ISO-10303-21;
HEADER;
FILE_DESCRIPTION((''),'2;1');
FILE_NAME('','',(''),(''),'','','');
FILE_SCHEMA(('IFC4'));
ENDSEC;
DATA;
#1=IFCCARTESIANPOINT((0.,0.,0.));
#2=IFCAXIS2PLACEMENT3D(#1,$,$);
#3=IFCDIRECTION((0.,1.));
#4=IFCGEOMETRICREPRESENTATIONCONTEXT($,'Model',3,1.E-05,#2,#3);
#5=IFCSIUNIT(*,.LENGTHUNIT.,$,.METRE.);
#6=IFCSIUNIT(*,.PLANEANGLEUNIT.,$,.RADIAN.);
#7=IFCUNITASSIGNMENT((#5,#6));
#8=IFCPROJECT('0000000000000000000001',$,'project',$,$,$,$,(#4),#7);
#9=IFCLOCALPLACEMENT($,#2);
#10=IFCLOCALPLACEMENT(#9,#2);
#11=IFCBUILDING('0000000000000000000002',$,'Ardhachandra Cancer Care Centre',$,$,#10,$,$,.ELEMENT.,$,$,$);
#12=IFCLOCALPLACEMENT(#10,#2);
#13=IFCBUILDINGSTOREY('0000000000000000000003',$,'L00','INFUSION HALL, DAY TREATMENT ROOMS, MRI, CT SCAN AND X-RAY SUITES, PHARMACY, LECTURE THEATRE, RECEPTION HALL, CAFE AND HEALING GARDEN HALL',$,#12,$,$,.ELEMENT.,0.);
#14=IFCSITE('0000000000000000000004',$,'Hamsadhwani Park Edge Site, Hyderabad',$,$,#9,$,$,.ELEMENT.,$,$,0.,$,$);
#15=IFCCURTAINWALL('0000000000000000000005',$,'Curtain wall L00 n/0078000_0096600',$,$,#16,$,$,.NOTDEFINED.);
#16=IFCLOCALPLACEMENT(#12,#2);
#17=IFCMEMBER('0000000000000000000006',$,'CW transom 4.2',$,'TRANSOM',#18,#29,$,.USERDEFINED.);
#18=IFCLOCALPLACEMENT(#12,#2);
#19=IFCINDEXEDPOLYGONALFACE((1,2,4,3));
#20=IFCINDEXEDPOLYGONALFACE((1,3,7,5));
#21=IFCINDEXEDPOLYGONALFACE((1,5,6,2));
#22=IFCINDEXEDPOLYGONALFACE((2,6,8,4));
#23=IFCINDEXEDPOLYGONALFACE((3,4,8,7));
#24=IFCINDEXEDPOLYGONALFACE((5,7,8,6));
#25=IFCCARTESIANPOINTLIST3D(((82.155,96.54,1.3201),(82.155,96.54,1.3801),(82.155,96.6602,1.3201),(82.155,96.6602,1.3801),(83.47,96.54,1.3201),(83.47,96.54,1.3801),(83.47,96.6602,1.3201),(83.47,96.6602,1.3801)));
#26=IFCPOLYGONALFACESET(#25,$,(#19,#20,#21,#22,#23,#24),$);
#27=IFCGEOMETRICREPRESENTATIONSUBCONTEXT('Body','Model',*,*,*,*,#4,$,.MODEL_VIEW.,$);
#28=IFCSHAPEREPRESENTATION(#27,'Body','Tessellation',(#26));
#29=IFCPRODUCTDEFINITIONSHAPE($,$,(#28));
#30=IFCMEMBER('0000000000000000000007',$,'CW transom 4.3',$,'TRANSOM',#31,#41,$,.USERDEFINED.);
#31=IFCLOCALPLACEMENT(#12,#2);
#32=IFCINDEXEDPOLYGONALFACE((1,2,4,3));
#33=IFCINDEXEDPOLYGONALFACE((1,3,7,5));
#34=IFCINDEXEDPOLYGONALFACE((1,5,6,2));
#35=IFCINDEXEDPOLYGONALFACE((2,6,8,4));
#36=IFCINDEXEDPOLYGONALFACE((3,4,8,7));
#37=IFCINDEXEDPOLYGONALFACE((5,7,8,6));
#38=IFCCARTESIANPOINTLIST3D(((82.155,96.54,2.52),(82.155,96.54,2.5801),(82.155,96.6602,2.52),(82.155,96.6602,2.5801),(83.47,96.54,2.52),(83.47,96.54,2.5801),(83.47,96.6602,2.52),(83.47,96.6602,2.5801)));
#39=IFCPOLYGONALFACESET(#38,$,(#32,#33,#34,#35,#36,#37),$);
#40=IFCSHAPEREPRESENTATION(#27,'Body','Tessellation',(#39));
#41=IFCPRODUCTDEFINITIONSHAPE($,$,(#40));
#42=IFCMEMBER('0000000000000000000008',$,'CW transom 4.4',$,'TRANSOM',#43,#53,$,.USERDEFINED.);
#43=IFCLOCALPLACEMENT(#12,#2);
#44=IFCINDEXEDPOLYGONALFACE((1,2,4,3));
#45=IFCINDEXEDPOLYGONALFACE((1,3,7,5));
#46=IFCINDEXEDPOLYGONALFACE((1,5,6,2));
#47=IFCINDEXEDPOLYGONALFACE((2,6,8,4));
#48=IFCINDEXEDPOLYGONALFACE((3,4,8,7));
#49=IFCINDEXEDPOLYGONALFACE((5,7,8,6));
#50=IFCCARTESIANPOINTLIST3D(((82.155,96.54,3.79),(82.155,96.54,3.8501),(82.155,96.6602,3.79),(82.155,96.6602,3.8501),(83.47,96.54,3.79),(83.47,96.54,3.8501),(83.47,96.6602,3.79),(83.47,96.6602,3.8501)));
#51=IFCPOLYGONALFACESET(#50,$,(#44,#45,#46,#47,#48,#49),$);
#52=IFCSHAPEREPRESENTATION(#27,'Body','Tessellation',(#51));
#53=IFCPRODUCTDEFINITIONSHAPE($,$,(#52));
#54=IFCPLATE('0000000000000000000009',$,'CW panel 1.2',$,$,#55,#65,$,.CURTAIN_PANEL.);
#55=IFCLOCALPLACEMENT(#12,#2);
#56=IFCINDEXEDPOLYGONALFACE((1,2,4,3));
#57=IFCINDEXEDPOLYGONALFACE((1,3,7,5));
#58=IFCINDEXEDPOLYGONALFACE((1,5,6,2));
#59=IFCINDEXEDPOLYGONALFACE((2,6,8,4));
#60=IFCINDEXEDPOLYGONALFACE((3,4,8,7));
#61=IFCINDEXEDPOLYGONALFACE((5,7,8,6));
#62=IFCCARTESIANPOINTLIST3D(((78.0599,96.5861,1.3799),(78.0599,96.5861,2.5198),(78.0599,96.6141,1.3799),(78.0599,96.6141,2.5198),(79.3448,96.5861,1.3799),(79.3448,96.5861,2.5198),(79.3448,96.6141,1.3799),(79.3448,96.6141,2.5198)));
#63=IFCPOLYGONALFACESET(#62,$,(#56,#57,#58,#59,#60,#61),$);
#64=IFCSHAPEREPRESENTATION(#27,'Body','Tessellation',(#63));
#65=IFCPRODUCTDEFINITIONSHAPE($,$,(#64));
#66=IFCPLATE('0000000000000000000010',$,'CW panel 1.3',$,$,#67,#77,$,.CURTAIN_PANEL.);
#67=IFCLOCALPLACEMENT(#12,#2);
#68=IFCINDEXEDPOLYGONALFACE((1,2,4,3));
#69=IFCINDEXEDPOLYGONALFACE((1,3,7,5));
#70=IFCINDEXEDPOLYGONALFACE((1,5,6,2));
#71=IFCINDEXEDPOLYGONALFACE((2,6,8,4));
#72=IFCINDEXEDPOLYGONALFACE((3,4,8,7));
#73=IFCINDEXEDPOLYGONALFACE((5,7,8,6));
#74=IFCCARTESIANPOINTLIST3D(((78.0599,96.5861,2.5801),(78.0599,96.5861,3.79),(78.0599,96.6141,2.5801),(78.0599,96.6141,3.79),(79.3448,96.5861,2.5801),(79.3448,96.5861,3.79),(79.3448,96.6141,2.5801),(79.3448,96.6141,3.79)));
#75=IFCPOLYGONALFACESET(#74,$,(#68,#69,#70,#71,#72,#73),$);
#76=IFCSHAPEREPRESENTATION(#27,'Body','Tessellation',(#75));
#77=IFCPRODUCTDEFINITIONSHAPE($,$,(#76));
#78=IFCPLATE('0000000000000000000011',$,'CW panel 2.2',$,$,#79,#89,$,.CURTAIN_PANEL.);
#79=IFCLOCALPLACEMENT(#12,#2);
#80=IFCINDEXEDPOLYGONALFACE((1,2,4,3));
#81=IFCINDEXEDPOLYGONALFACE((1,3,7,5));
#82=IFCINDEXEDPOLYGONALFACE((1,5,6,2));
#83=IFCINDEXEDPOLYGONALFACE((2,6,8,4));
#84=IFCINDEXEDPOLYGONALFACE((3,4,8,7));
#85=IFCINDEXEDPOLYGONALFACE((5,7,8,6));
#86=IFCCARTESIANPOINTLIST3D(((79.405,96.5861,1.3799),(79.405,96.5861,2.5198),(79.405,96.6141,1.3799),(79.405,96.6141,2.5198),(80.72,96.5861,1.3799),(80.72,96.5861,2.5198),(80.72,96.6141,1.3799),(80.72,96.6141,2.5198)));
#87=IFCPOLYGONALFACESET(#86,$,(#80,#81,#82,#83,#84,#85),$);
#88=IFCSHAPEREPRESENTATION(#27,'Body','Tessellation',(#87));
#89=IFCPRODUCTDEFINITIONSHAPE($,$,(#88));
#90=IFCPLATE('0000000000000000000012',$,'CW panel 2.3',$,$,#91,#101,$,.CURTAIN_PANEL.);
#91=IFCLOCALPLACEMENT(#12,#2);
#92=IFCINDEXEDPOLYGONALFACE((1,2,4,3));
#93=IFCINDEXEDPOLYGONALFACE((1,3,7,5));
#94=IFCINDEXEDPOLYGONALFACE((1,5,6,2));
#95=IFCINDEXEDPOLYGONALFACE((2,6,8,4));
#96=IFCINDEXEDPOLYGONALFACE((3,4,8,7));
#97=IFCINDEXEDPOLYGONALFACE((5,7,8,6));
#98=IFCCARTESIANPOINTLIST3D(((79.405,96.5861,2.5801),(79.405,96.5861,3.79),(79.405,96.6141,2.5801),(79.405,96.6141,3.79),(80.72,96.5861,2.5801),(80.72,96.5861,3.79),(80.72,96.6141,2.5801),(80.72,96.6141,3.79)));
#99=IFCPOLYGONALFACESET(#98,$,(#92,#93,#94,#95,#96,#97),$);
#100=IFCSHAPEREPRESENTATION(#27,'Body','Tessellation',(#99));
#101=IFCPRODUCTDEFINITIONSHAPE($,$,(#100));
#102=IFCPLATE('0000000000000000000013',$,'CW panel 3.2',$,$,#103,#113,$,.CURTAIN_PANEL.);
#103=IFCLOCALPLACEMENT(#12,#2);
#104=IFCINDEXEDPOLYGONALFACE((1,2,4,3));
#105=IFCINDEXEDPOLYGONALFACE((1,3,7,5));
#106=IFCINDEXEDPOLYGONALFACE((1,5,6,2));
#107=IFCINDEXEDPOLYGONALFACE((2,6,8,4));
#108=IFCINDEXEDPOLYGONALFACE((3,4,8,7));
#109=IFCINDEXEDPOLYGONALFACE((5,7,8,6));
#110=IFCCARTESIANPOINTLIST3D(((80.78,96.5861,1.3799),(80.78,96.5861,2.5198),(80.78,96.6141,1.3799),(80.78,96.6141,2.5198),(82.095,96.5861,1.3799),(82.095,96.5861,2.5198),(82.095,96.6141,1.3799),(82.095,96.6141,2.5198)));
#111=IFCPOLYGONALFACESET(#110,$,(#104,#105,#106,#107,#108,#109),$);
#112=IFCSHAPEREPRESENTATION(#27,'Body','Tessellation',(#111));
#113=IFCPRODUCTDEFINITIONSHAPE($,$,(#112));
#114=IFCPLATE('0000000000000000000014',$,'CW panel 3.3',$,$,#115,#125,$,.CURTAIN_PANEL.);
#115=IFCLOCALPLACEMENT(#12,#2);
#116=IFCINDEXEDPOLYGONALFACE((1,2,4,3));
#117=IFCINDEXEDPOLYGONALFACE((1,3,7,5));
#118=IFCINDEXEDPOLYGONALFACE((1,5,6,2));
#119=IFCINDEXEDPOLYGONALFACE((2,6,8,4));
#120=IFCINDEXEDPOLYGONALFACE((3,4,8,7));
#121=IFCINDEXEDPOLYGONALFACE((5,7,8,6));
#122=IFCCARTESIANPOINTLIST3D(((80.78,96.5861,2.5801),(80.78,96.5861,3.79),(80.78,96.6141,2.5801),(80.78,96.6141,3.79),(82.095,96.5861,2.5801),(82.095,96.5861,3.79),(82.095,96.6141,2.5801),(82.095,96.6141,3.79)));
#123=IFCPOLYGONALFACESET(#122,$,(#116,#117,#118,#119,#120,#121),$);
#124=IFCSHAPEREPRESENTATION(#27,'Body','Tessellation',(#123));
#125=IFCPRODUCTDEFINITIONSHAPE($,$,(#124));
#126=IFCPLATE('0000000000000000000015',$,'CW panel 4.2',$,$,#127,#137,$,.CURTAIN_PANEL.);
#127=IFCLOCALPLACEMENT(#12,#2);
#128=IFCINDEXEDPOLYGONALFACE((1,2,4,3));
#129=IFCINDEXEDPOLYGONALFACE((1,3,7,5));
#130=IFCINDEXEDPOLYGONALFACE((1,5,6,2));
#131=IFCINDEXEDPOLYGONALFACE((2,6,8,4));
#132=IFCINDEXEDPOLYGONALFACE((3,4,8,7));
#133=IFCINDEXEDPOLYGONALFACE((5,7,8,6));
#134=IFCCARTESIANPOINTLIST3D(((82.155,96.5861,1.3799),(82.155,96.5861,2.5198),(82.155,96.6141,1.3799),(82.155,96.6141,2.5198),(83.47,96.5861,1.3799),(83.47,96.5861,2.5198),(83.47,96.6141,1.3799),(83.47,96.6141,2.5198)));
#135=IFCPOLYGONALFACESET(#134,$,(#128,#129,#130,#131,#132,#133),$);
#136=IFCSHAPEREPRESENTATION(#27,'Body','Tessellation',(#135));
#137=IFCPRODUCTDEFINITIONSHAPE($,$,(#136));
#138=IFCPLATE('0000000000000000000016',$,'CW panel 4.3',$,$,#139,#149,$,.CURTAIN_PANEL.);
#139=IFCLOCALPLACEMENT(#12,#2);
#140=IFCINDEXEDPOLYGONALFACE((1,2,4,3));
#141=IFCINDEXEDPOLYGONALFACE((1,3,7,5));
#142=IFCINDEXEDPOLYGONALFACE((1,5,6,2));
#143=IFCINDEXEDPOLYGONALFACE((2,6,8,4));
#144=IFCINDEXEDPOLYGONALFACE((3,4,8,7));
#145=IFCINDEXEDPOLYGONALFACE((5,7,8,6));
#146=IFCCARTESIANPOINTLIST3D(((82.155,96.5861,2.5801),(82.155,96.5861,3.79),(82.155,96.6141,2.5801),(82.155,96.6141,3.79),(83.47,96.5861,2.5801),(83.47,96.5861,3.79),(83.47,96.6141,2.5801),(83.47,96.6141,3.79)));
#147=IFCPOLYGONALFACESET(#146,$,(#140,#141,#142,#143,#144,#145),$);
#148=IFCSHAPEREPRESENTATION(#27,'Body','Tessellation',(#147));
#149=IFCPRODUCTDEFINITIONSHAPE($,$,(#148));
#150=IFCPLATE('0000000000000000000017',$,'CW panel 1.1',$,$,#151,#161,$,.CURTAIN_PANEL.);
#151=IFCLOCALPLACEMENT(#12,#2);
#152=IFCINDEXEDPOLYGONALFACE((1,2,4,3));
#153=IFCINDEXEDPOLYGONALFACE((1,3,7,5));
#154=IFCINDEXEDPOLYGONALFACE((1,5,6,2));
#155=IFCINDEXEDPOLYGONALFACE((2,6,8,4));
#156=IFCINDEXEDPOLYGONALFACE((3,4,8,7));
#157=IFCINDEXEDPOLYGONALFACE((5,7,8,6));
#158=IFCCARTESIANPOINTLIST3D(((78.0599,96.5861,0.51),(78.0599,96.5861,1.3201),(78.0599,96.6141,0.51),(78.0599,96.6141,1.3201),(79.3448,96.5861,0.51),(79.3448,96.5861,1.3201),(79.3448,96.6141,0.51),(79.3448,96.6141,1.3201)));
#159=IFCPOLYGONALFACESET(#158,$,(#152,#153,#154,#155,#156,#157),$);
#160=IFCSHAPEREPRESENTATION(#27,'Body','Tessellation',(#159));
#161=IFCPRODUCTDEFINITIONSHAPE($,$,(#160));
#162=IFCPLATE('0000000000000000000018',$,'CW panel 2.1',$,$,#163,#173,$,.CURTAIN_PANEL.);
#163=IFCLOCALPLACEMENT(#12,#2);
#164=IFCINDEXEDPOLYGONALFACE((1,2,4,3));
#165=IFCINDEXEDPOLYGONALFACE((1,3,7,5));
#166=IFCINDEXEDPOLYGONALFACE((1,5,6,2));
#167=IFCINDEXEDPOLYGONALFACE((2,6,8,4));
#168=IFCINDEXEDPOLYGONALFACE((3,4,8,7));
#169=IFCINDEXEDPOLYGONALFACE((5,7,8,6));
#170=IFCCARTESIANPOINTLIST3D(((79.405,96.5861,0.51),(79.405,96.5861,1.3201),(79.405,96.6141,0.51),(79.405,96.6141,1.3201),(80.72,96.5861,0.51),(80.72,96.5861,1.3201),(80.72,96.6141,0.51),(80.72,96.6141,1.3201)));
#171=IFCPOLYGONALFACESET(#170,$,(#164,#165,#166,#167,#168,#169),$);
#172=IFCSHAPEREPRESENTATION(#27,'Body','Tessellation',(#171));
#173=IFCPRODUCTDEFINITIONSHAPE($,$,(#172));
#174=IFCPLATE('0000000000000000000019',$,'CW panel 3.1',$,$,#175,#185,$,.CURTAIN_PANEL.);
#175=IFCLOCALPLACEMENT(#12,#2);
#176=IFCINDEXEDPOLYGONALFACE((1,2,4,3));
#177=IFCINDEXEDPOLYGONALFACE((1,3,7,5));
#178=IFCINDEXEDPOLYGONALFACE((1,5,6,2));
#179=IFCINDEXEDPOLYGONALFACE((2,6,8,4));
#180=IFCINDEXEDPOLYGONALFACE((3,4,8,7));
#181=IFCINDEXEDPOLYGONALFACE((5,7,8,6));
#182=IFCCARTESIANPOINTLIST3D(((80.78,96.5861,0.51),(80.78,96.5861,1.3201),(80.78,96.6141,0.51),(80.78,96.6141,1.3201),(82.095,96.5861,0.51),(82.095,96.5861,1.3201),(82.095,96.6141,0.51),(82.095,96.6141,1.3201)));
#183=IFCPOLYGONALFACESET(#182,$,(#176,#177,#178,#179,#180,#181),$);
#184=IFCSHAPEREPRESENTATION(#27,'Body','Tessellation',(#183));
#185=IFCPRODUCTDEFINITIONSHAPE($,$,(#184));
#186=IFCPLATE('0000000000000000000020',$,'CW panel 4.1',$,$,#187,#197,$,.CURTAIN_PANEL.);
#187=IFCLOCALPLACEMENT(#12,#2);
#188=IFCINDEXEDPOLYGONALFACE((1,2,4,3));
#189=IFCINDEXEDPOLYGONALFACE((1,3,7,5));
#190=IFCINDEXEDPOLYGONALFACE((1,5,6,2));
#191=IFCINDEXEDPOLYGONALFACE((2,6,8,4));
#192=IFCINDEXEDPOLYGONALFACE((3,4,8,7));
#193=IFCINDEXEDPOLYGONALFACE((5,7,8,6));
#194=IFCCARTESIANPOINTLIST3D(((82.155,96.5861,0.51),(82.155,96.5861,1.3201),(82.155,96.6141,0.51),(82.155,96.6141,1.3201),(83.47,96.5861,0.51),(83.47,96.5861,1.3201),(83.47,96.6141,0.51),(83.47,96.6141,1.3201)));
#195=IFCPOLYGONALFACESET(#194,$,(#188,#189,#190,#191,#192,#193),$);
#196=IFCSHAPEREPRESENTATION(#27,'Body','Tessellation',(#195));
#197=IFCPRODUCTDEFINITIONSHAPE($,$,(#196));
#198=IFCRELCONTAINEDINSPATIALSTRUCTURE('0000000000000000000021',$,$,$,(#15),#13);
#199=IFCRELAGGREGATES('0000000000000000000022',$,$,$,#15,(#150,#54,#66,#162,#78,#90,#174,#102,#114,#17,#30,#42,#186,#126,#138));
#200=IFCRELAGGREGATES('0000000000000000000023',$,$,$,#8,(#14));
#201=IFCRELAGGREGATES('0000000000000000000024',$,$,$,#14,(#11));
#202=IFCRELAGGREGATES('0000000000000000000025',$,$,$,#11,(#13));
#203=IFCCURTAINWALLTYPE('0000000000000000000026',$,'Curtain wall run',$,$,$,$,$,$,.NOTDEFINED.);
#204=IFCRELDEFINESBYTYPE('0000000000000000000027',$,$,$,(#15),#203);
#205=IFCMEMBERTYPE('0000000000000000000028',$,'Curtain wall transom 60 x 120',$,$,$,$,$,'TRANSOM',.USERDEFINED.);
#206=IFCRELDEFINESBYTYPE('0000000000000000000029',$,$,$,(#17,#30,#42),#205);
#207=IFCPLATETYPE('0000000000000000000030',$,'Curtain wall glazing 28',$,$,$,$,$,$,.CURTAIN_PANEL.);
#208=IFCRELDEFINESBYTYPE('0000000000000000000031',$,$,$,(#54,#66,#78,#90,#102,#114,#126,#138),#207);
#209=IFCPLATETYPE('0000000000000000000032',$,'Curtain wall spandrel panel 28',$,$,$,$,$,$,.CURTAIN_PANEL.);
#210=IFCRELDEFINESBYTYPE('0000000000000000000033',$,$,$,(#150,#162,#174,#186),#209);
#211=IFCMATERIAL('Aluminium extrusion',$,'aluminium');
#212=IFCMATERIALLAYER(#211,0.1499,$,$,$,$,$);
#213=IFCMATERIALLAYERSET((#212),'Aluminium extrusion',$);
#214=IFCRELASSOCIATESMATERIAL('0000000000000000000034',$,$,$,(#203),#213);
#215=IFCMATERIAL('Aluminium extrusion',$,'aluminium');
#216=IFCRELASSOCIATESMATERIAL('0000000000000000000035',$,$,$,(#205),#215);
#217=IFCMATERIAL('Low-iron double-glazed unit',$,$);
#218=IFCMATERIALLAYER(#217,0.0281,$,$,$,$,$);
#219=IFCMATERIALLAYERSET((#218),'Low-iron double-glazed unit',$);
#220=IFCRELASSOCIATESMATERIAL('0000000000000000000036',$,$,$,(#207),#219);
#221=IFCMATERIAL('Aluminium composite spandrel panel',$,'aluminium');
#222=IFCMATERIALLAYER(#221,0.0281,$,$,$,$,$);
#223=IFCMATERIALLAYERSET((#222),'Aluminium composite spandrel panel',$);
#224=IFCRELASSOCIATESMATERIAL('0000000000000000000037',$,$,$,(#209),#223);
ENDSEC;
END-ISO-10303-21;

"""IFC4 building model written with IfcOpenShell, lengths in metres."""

from ifc_helpers import new_model, si_unit, direction, frame, origin, origin_2d, place, context, subcontext, project, spatial, rectangle, extrude, material, layer, layer_set, material_profile, profile_set, type_object, element, aggregate, save


model = new_model("IFC4")

# Units and contexts
model_context = context("Model", 3, precision=1e-05, world=origin(), true_north=direction((0.0, 1.0)))
body_context = subcontext(model_context, "Body", "Model", "MODEL_VIEW")
ifc_project = project(units=[si_unit("LENGTHUNIT", "METRE"), si_unit("PLANEANGLEUNIT", "RADIAN")], contexts=[model_context])

# Site, building, storey
site_placement = place(None, origin())
site = spatial("IfcSite", under=ifc_project, at=site_placement, Name="Hamsadhwani Park Edge Site, Hyderabad", CompositionType="ELEMENT", RefElevation=0.0)
building_placement = place(site_placement, origin())
building = spatial("IfcBuilding", under=site, at=building_placement, Name="Ardhachandra Cancer Care Centre", CompositionType="ELEMENT")
storey_placement = place(building_placement, origin())
storey = spatial("IfcBuildingStorey", under=building, at=storey_placement, Name="L00", Description="INFUSION HALL, DAY TREATMENT ROOMS, MRI, CT SCAN AND X-RAY SUITES, PHARMACY, LECTURE THEATRE, RECEPTION HALL, CAFE AND HEALING GARDEN HALL", CompositionType="ELEMENT", Elevation=0.0)

# Curtain wall, members, plates
ifc_material_1 = material(Name="Aluminium extrusion", Category="aluminium")
ifc_layer_1 = layer(ifc_material_1, 0.1499)
ifc_layer_set_1 = layer_set([ifc_layer_1], Name="Aluminium extrusion")
curtain_wall_type = type_object("IfcCurtainWallType", Name="Curtain wall run", PredefinedType="NOTDEFINED", material=ifc_layer_set_1)
curtain_wall_placement = place(storey_placement, origin())
curtain_wall = element("IfcCurtainWall", 1, at=curtain_wall_placement, inside=storey, type_object=curtain_wall_type, Name="Curtain wall L00 n/0078000_0096600", PredefinedType="NOTDEFINED")
ifc_material_2 = material(Name="Aluminium extrusion", Category="aluminium")
ifc_material_profile_1 = material_profile(ifc_material_2, rectangle(XDim=0.1201, YDim=0.0601, at=origin_2d()), Name="Curtain wall transom 60 x 120")
ifc_profile_set_1 = profile_set([ifc_material_profile_1], Name="Aluminium extrusion")
member_type_1 = type_object("IfcMemberType", Name="Curtain wall transom 60 x 120", ElementType="TRANSOM", PredefinedType="USERDEFINED", material=ifc_profile_set_1)
member_1_placement = place(storey_placement, frame((82.155, 96.6001, 1.3501), z_axis=(1.0, 0.0, 0.0), x_axis=(0.0, 1.0, 0.0)))
member_1 = element("IfcMember", 2, at=member_1_placement, type_object=member_type_1, Name="CW transom 4.2", ObjectType="TRANSOM", PredefinedType="USERDEFINED", context=body_context, shape_type="SweptSolid", body=[
    extrude(rectangle(XDim=0.1201, YDim=0.0601, at=origin_2d()), origin(), (0.0, 0.0, 1.0), 1.3149),
])
member_2_placement = place(storey_placement, frame((82.155, 96.6001, 2.55), z_axis=(1.0, 0.0, 0.0), x_axis=(0.0, 1.0, 0.0)))
member_2 = element("IfcMember", 3, at=member_2_placement, type_object=member_type_1, Name="CW transom 4.3", ObjectType="TRANSOM", PredefinedType="USERDEFINED", context=body_context, shape_type="SweptSolid", body=[
    extrude(rectangle(XDim=0.1201, YDim=0.0601, at=origin_2d()), origin(), (0.0, 0.0, 1.0), 1.3149),
])
member_3_placement = place(storey_placement, frame((82.155, 96.6001, 3.8201), z_axis=(1.0, 0.0, 0.0), x_axis=(0.0, 1.0, 0.0)))
member_3 = element("IfcMember", 4, at=member_3_placement, type_object=member_type_1, Name="CW transom 4.4", ObjectType="TRANSOM", PredefinedType="USERDEFINED", context=body_context, shape_type="SweptSolid", body=[
    extrude(rectangle(XDim=0.1201, YDim=0.0601, at=origin_2d()), origin(), (0.0, 0.0, 1.0), 1.3149),
])
ifc_material_3 = material(Name="Low-iron double-glazed unit")
ifc_layer_2 = layer(ifc_material_3, 0.0281)
ifc_layer_set_2 = layer_set([ifc_layer_2], Name="Low-iron double-glazed unit")
plate_type_1 = type_object("IfcPlateType", Name="Curtain wall glazing 28", PredefinedType="CURTAIN_PANEL", material=ifc_layer_set_2)
plate_1_placement = place(storey_placement, frame((78.7024, 96.6001, 1.3799), z_axis=(0.0, 0.0, 1.0), x_axis=(1.0, 0.0, 0.0)))
plate_1 = element("IfcPlate", 5, at=plate_1_placement, type_object=plate_type_1, Name="CW panel 1.2", PredefinedType="CURTAIN_PANEL", context=body_context, shape_type="SweptSolid", body=[
    extrude(rectangle(XDim=1.2849, YDim=0.0281, at=origin_2d()), origin(), (0.0, 0.0, 1.0), 1.1399),
])
plate_2_placement = place(storey_placement, frame((78.7024, 96.6001, 2.5801), z_axis=(0.0, 0.0, 1.0), x_axis=(1.0, 0.0, 0.0)))
plate_2 = element("IfcPlate", 6, at=plate_2_placement, type_object=plate_type_1, Name="CW panel 1.3", PredefinedType="CURTAIN_PANEL", context=body_context, shape_type="SweptSolid", body=[
    extrude(rectangle(XDim=1.2849, YDim=0.0281, at=origin_2d()), origin(), (0.0, 0.0, 1.0), 1.21),
])
plate_3_placement = place(storey_placement, frame((80.0625, 96.6001, 1.3799), z_axis=(0.0, 0.0, 1.0), x_axis=(1.0, 0.0, 0.0)))
plate_3 = element("IfcPlate", 7, at=plate_3_placement, type_object=plate_type_1, Name="CW panel 2.2", PredefinedType="CURTAIN_PANEL", context=body_context, shape_type="SweptSolid", body=[
    extrude(rectangle(XDim=1.3149, YDim=0.0281, at=origin_2d()), origin(), (0.0, 0.0, 1.0), 1.1399),
])
plate_4_placement = place(storey_placement, frame((80.0625, 96.6001, 2.5801), z_axis=(0.0, 0.0, 1.0), x_axis=(1.0, 0.0, 0.0)))
plate_4 = element("IfcPlate", 8, at=plate_4_placement, type_object=plate_type_1, Name="CW panel 2.3", PredefinedType="CURTAIN_PANEL", context=body_context, shape_type="SweptSolid", body=[
    extrude(rectangle(XDim=1.3149, YDim=0.0281, at=origin_2d()), origin(), (0.0, 0.0, 1.0), 1.21),
])
plate_5_placement = place(storey_placement, frame((81.4375, 96.6001, 1.3799), z_axis=(0.0, 0.0, 1.0), x_axis=(1.0, 0.0, 0.0)))
plate_5 = element("IfcPlate", 9, at=plate_5_placement, type_object=plate_type_1, Name="CW panel 3.2", PredefinedType="CURTAIN_PANEL", context=body_context, shape_type="SweptSolid", body=[
    extrude(rectangle(XDim=1.3149, YDim=0.0281, at=origin_2d()), origin(), (0.0, 0.0, 1.0), 1.1399),
])
plate_6_placement = place(storey_placement, frame((81.4375, 96.6001, 2.5801), z_axis=(0.0, 0.0, 1.0), x_axis=(1.0, 0.0, 0.0)))
plate_6 = element("IfcPlate", 10, at=plate_6_placement, type_object=plate_type_1, Name="CW panel 3.3", PredefinedType="CURTAIN_PANEL", context=body_context, shape_type="SweptSolid", body=[
    extrude(rectangle(XDim=1.3149, YDim=0.0281, at=origin_2d()), origin(), (0.0, 0.0, 1.0), 1.21),
])
plate_7_placement = place(storey_placement, frame((82.8125, 96.6001, 1.3799), z_axis=(0.0, 0.0, 1.0), x_axis=(1.0, 0.0, 0.0)))
plate_7 = element("IfcPlate", 11, at=plate_7_placement, type_object=plate_type_1, Name="CW panel 4.2", PredefinedType="CURTAIN_PANEL", context=body_context, shape_type="SweptSolid", body=[
    extrude(rectangle(XDim=1.3149, YDim=0.0281, at=origin_2d()), origin(), (0.0, 0.0, 1.0), 1.1399),
])
plate_8_placement = place(storey_placement, frame((82.8125, 96.6001, 2.5801), z_axis=(0.0, 0.0, 1.0), x_axis=(1.0, 0.0, 0.0)))
plate_8 = element("IfcPlate", 12, at=plate_8_placement, type_object=plate_type_1, Name="CW panel 4.3", PredefinedType="CURTAIN_PANEL", context=body_context, shape_type="SweptSolid", body=[
    extrude(rectangle(XDim=1.3149, YDim=0.0281, at=origin_2d()), origin(), (0.0, 0.0, 1.0), 1.21),
])
ifc_material_4 = material(Name="Aluminium composite spandrel panel", Category="aluminium")
ifc_layer_3 = layer(ifc_material_4, 0.0281)
ifc_layer_set_3 = layer_set([ifc_layer_3], Name="Aluminium composite spandrel panel")
plate_type_2 = type_object("IfcPlateType", Name="Curtain wall spandrel panel 28", PredefinedType="CURTAIN_PANEL", material=ifc_layer_set_3)
plate_9_placement = place(storey_placement, frame((78.7024, 96.6001, 0.51), z_axis=(0.0, 0.0, 1.0), x_axis=(1.0, 0.0, 0.0)))
plate_9 = element("IfcPlate", 13, at=plate_9_placement, type_object=plate_type_2, Name="CW panel 1.1", PredefinedType="CURTAIN_PANEL", context=body_context, shape_type="SweptSolid", body=[
    extrude(rectangle(XDim=1.2849, YDim=0.0281, at=origin_2d()), origin(), (0.0, 0.0, 1.0), 0.8101),
])
plate_10_placement = place(storey_placement, frame((80.0625, 96.6001, 0.51), z_axis=(0.0, 0.0, 1.0), x_axis=(1.0, 0.0, 0.0)))
plate_10 = element("IfcPlate", 14, at=plate_10_placement, type_object=plate_type_2, Name="CW panel 2.1", PredefinedType="CURTAIN_PANEL", context=body_context, shape_type="SweptSolid", body=[
    extrude(rectangle(XDim=1.3149, YDim=0.0281, at=origin_2d()), origin(), (0.0, 0.0, 1.0), 0.8101),
])
plate_11_placement = place(storey_placement, frame((81.4375, 96.6001, 0.51), z_axis=(0.0, 0.0, 1.0), x_axis=(1.0, 0.0, 0.0)))
plate_11 = element("IfcPlate", 15, at=plate_11_placement, type_object=plate_type_2, Name="CW panel 3.1", PredefinedType="CURTAIN_PANEL", context=body_context, shape_type="SweptSolid", body=[
    extrude(rectangle(XDim=1.3149, YDim=0.0281, at=origin_2d()), origin(), (0.0, 0.0, 1.0), 0.8101),
])
plate_12_placement = place(storey_placement, frame((82.8125, 96.6001, 0.51), z_axis=(0.0, 0.0, 1.0), x_axis=(1.0, 0.0, 0.0)))
plate_12 = element("IfcPlate", 16, at=plate_12_placement, type_object=plate_type_2, Name="CW panel 4.1", PredefinedType="CURTAIN_PANEL", context=body_context, shape_type="SweptSolid", body=[
    extrude(rectangle(XDim=1.3149, YDim=0.0281, at=origin_2d()), origin(), (0.0, 0.0, 1.0), 0.8101),
])
aggregate(curtain_wall, [plate_9, plate_1, plate_2, plate_10, plate_3, plate_4, plate_11, plate_5, plate_6, member_1, member_2, member_3, plate_12, plate_7, plate_8])

save(model, "model.ifc")
